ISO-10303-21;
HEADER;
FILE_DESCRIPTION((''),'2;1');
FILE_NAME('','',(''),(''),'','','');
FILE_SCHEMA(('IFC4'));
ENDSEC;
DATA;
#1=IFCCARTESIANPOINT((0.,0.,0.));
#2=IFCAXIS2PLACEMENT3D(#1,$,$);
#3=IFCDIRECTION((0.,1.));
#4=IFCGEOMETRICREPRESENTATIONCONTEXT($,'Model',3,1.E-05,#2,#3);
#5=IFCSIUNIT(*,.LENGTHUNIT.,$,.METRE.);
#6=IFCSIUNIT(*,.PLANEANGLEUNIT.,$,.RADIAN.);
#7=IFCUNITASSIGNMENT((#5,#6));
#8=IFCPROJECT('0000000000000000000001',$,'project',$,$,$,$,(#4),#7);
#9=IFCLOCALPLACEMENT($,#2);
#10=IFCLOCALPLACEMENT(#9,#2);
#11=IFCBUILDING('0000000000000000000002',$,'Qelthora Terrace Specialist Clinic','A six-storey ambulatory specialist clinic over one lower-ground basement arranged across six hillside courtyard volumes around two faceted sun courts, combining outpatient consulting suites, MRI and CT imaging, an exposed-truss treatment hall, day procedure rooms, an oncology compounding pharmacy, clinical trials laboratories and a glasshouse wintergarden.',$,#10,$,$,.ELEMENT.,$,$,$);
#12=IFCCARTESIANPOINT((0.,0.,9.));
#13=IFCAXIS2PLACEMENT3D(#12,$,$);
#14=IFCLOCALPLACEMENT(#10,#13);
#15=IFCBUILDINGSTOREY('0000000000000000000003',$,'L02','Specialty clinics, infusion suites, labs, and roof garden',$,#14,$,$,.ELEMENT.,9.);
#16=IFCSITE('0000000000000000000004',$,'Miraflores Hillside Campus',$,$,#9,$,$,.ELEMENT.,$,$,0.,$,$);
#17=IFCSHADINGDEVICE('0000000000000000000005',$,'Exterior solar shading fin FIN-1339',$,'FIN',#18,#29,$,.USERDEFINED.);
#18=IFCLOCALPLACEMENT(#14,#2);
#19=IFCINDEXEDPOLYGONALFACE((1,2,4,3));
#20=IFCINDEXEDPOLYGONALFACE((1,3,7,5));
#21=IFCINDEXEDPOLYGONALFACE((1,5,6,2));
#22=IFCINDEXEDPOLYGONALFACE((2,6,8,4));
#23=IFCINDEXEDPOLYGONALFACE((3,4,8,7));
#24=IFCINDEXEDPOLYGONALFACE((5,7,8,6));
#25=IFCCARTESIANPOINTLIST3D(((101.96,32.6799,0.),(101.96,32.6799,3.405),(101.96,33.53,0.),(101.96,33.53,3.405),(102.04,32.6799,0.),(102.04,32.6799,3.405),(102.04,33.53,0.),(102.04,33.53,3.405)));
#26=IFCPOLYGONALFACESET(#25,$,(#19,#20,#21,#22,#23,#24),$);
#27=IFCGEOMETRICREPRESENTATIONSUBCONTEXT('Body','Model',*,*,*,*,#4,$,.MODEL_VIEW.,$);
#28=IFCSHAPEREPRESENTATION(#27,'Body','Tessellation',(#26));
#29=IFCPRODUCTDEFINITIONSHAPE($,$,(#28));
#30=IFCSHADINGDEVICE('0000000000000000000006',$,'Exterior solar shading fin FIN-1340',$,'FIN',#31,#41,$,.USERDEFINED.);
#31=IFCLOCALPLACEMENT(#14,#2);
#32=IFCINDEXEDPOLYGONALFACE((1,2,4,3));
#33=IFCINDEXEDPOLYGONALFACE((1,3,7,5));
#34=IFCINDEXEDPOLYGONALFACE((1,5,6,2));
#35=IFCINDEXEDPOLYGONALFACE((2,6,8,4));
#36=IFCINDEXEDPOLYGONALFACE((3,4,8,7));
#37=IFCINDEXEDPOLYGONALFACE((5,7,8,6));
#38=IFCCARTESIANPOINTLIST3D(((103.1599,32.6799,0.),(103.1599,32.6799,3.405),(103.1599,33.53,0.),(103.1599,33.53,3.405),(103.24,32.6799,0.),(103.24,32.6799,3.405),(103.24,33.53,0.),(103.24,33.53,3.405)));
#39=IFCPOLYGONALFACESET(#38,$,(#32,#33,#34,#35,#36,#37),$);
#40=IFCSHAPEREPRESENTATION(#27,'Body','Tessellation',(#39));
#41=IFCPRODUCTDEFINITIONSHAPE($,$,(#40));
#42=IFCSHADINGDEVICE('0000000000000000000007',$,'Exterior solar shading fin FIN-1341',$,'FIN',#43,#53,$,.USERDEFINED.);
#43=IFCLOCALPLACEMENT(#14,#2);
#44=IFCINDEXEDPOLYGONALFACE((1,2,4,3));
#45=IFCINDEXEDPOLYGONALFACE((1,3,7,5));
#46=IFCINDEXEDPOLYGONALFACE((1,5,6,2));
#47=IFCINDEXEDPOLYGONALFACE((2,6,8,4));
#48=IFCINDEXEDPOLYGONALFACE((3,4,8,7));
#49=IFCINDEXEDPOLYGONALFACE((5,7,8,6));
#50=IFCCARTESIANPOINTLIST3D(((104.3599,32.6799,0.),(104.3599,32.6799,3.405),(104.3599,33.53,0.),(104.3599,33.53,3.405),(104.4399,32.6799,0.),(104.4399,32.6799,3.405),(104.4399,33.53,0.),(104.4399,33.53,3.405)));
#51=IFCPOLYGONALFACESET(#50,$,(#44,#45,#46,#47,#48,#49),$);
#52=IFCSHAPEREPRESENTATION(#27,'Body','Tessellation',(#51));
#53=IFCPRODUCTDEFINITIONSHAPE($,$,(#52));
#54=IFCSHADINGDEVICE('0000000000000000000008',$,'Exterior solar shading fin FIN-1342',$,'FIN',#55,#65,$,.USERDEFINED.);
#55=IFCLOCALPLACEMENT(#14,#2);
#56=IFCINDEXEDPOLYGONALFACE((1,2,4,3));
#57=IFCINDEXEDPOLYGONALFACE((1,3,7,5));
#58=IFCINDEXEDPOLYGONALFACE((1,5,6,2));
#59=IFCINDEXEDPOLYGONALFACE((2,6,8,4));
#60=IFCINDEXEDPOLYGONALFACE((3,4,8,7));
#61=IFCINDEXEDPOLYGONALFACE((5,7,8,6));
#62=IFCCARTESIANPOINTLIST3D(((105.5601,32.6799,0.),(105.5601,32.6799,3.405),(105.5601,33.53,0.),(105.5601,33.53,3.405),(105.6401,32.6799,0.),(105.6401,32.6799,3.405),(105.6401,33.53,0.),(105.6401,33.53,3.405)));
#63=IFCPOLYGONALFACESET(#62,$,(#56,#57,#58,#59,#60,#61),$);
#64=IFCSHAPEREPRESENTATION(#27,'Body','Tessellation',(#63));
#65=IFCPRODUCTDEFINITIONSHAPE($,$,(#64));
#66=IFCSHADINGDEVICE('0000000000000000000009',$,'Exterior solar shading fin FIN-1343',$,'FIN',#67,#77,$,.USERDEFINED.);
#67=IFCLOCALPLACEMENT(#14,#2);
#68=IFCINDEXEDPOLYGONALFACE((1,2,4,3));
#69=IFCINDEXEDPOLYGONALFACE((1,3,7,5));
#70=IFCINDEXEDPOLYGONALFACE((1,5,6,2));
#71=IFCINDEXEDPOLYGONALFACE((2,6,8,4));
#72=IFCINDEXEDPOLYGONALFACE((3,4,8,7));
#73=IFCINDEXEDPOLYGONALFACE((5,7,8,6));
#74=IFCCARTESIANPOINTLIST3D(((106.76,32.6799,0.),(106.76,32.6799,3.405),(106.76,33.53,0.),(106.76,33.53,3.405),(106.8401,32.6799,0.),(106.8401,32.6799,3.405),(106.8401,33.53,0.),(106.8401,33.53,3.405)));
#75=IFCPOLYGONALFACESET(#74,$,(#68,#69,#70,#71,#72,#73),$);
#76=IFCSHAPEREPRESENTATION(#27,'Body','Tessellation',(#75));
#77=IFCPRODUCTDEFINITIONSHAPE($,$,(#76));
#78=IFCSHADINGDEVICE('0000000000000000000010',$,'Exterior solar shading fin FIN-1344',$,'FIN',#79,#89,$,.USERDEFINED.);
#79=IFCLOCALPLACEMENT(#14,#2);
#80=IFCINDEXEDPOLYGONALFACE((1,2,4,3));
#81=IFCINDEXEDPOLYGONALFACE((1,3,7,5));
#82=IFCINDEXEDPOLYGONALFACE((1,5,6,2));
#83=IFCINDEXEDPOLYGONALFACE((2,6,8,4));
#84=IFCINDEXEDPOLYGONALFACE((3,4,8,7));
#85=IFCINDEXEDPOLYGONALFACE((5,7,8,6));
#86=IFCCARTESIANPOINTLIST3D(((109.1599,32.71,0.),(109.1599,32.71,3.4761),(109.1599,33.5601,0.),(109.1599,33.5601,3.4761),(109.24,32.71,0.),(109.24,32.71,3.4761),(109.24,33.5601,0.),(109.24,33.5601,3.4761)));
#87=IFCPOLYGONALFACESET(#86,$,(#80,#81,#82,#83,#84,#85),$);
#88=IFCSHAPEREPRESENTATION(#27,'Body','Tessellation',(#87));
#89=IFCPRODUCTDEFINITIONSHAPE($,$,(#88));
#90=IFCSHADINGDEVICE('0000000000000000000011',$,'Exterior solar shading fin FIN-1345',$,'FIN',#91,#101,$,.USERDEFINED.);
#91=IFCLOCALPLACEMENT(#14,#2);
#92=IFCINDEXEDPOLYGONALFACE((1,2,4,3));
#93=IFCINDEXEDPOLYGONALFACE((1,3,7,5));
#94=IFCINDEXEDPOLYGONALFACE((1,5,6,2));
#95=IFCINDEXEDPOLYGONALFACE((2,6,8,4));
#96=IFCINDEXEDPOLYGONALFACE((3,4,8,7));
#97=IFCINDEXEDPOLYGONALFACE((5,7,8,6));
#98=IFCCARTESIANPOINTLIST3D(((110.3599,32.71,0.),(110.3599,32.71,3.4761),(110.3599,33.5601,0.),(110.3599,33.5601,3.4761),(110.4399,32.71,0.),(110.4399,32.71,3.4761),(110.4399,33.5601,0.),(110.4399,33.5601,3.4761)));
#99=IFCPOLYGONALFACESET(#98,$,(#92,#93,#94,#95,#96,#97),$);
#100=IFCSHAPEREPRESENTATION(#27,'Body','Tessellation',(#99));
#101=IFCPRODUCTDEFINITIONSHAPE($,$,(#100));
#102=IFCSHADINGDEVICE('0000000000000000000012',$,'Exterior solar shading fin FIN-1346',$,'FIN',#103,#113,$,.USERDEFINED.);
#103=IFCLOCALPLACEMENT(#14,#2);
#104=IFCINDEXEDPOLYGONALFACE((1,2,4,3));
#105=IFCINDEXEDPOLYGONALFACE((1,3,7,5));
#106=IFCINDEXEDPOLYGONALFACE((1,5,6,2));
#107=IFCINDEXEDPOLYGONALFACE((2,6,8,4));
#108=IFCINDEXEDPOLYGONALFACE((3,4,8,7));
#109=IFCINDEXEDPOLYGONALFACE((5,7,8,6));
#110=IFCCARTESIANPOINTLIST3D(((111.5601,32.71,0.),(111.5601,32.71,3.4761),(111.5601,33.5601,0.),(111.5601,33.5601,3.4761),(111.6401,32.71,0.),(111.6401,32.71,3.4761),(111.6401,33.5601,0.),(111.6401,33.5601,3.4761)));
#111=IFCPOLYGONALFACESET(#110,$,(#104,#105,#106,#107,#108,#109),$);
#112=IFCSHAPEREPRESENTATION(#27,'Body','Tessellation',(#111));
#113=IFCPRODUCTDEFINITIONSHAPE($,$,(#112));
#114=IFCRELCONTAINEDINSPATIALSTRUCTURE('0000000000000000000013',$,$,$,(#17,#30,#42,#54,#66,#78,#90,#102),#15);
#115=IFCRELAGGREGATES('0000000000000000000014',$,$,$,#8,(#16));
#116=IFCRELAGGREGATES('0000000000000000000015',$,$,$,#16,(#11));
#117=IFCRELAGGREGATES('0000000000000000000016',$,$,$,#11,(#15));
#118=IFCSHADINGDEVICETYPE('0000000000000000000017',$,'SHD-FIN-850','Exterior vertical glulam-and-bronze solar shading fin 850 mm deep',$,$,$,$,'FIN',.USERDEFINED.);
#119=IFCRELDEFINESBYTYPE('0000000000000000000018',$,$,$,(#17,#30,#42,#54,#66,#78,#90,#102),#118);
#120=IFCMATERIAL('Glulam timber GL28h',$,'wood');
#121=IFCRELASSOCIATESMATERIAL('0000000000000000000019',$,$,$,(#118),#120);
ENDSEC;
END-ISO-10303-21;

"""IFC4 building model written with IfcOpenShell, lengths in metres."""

from ifc_helpers import new_model, si_unit, direction, frame, origin, origin_2d, place, context, subcontext, project, spatial, rectangle, extrude, material, type_object, element, save


model = new_model("IFC4")

# Units and contexts
model_context = context("Model", 3, precision=1e-05, world=origin(), true_north=direction((0.0, 1.0)))
body_context = subcontext(model_context, "Body", "Model", "MODEL_VIEW")
ifc_project = project(units=[si_unit("LENGTHUNIT", "METRE"), si_unit("PLANEANGLEUNIT", "RADIAN")], contexts=[model_context])

# Site, building, storey
site_placement = place(None, origin())
site = spatial("IfcSite", under=ifc_project, at=site_placement, Name="Miraflores Hillside Campus", CompositionType="ELEMENT", RefElevation=0.0)
building_placement = place(site_placement, origin())
building = spatial("IfcBuilding", under=site, at=building_placement, Name="Qelthora Terrace Specialist Clinic", Description="A six-storey ambulatory specialist clinic over one lower-ground basement arranged across six hillside courtyard volumes around two faceted sun courts, combining outpatient consulting suites, MRI and CT imaging, an exposed-truss treatment hall, day procedure rooms, an oncology compounding pharmacy, clinical trials laboratories and a glasshouse wintergarden.", CompositionType="ELEMENT")
storey_placement = place(building_placement, frame((0.0, 0.0, 9.0)))
storey = spatial("IfcBuildingStorey", under=building, at=storey_placement, Name="L02", Description="Specialty clinics, infusion suites, labs, and roof garden", CompositionType="ELEMENT", Elevation=9.0)

# Shading devices
ifc_material_1 = material(Name="Glulam timber GL28h", Category="wood")
shading_device_type = type_object("IfcShadingDeviceType", Name="SHD-FIN-850", Description="Exterior vertical glulam-and-bronze solar shading fin 850 mm deep", ElementType="FIN", PredefinedType="USERDEFINED", material=ifc_material_1)
for number, where, z_axis, x_axis, name in (
    (1, (102.0, 33.105, 0.0), (0.0, 0.0, 1.0), (0.0, -1.0, 0.0), "Exterior solar shading fin FIN-1339"),
    (2, (103.2, 33.105, 0.0), (0.0, 0.0, 1.0), (0.0, -1.0, 0.0), "Exterior solar shading fin FIN-1340"),
    (3, (104.3999, 33.105, 0.0), (0.0, 0.0, 1.0), (0.0, -1.0, 0.0), "Exterior solar shading fin FIN-1341"),
    (4, (105.6001, 33.105, 0.0), (0.0, 0.0, 1.0), (0.0, -1.0, 0.0), "Exterior solar shading fin FIN-1342"),
    (5, (106.8, 33.105, 0.0), (0.0, 0.0, 1.0), (0.0, -1.0, 0.0), "Exterior solar shading fin FIN-1343"),
):
    element("IfcShadingDevice", number, at=place(storey_placement, frame(where, z_axis=z_axis, x_axis=x_axis)), inside=storey, type_object=shading_device_type, Name=name, ObjectType="FIN", PredefinedType="USERDEFINED", context=body_context, shape_type="SweptSolid", body=[
        extrude(rectangle(XDim=0.8501, YDim=0.0801, at=origin_2d()), origin(), (0.0, 0.0, 1.0), 3.405),
    ])
for number, where, z_axis, x_axis, name in (
    (6, (109.2, 33.135, 0.0), (0.0, 0.0, 1.0), (0.0, -1.0, 0.0), "Exterior solar shading fin FIN-1344"),
    (7, (110.3999, 33.135, 0.0), (0.0, 0.0, 1.0), (0.0, -1.0, 0.0), "Exterior solar shading fin FIN-1345"),
    (8, (111.6001, 33.135, 0.0), (0.0, 0.0, 1.0), (0.0, -1.0, 0.0), "Exterior solar shading fin FIN-1346"),
):
    element("IfcShadingDevice", number, at=place(storey_placement, frame(where, z_axis=z_axis, x_axis=x_axis)), inside=storey, type_object=shading_device_type, Name=name, ObjectType="FIN", PredefinedType="USERDEFINED", context=body_context, shape_type="SweptSolid", body=[
        extrude(rectangle(XDim=0.8501, YDim=0.0801, at=origin_2d()), origin(), (0.0, 0.0, 1.0), 3.4761),
    ])

save(model, "model.ifc")
